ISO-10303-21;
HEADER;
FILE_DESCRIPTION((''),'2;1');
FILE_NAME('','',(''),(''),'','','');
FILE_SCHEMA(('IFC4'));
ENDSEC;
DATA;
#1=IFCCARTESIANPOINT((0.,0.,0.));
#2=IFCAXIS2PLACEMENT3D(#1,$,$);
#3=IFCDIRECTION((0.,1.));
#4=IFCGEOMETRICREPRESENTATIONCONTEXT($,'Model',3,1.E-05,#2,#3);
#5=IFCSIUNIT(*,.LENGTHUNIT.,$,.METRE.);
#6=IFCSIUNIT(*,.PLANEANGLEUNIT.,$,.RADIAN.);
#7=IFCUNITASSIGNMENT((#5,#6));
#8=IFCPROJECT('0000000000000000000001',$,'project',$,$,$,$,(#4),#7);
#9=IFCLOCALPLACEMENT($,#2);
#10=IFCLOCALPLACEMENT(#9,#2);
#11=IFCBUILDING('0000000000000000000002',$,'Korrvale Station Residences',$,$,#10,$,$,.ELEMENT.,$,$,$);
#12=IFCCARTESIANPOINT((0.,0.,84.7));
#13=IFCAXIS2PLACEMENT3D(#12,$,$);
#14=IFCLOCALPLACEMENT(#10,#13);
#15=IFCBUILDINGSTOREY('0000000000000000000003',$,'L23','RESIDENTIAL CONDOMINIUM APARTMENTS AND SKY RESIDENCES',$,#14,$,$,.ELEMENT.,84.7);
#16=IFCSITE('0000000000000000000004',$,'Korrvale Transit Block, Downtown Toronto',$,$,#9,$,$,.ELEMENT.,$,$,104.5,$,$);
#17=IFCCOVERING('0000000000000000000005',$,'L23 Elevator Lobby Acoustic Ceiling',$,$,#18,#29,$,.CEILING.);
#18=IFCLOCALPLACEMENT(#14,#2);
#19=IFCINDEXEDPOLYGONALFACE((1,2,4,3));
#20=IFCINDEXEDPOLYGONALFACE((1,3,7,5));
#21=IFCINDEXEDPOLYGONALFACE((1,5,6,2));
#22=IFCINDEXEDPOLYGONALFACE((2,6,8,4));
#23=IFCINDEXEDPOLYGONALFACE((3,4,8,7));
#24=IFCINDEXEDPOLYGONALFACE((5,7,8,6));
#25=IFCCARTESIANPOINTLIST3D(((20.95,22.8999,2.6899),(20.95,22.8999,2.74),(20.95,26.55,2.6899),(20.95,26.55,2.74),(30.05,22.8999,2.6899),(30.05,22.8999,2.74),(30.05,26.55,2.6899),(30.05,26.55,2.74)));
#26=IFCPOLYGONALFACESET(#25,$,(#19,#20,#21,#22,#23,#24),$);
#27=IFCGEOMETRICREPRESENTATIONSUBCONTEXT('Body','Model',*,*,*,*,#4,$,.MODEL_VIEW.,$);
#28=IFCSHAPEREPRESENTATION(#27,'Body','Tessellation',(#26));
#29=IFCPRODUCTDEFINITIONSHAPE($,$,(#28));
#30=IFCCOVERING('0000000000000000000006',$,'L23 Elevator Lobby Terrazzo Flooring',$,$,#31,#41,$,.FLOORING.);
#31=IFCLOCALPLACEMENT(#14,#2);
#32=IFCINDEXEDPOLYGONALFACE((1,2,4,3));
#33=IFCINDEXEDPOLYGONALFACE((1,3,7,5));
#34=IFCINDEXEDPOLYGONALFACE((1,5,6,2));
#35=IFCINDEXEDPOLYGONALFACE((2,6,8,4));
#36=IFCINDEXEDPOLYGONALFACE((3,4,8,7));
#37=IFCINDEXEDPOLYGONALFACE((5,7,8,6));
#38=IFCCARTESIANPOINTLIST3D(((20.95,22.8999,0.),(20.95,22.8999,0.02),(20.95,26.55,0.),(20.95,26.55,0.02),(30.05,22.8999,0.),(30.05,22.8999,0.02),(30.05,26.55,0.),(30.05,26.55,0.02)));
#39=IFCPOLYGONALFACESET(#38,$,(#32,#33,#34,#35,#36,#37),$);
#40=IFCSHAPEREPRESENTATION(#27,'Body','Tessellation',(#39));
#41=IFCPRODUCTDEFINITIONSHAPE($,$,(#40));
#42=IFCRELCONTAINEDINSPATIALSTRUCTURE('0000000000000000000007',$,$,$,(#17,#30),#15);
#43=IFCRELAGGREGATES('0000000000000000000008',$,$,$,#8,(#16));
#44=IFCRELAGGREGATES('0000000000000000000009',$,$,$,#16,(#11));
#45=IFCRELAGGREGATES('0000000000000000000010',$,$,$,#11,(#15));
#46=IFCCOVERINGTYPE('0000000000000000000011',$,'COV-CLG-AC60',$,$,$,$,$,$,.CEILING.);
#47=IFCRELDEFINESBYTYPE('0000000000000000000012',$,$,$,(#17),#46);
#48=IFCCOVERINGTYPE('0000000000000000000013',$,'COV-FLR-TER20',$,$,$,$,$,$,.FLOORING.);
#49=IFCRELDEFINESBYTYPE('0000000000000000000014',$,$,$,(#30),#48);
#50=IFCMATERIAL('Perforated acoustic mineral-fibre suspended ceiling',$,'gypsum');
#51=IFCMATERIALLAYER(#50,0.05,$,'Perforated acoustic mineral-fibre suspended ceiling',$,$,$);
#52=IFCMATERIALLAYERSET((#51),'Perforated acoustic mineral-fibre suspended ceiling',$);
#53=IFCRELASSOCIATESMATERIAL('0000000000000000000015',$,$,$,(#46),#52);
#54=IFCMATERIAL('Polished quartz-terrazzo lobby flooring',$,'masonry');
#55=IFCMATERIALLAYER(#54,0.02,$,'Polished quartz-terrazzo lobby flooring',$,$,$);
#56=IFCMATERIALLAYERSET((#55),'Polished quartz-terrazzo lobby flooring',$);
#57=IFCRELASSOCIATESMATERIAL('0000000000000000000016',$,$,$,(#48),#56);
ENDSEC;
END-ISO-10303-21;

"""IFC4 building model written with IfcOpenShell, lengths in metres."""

from ifc_helpers import new_model, si_unit, direction, frame, origin, place, context, subcontext, project, spatial, polyline, outline, extrude, material, layer, layer_set, type_object, element, save


model = new_model("IFC4")

# Units and contexts
model_context = context("Model", 3, precision=1e-05, world=origin(), true_north=direction((0.0, 1.0)))
body_context = subcontext(model_context, "Body", "Model", "MODEL_VIEW")
ifc_project = project(units=[si_unit("LENGTHUNIT", "METRE"), si_unit("PLANEANGLEUNIT", "RADIAN")], contexts=[model_context])

# Site, building, storey
site_placement = place(None, origin())
site = spatial("IfcSite", under=ifc_project, at=site_placement, Name="Korrvale Transit Block, Downtown Toronto", CompositionType="ELEMENT", RefElevation=104.5)
building_placement = place(site_placement, origin())
building = spatial("IfcBuilding", under=site, at=building_placement, Name="Korrvale Station Residences", CompositionType="ELEMENT")
storey_placement = place(building_placement, frame((0.0, 0.0, 84.7)))
storey = spatial("IfcBuildingStorey", under=building, at=storey_placement, Name="L23", Description="RESIDENTIAL CONDOMINIUM APARTMENTS AND SKY RESIDENCES", CompositionType="ELEMENT", Elevation=84.7)

# Coverings
ifc_material_1 = material(Name="Perforated acoustic mineral-fibre suspended ceiling", Category="gypsum")
ifc_layer_1 = layer(ifc_material_1, 0.05, Name="Perforated acoustic mineral-fibre suspended ceiling")
ifc_layer_set_1 = layer_set([ifc_layer_1], Name="Perforated acoustic mineral-fibre suspended ceiling")
covering_type_1 = type_object("IfcCoveringType", Name="COV-CLG-AC60", PredefinedType="CEILING", material=ifc_layer_set_1)
covering_1_placement = place(storey_placement, frame((0.0, 0.0, 2.6899)))
element("IfcCovering", 1, at=covering_1_placement, inside=storey, type_object=covering_type_1, Name="L23 Elevator Lobby Acoustic Ceiling", PredefinedType="CEILING", context=body_context, shape_type="SweptSolid", body=[
    extrude(outline(polyline([(20.95, 22.8999), (30.05, 22.8999), (30.05, 26.55), (20.95, 26.55), (20.95, 22.8999)])), origin(), (0.0, 0.0, 1.0), 0.05),
])
ifc_material_2 = material(Name="Polished quartz-terrazzo lobby flooring", Category="masonry")
ifc_layer_2 = layer(ifc_material_2, 0.02, Name="Polished quartz-terrazzo lobby flooring")
ifc_layer_set_2 = layer_set([ifc_layer_2], Name="Polished quartz-terrazzo lobby flooring")
covering_type_2 = type_object("IfcCoveringType", Name="COV-FLR-TER20", PredefinedType="FLOORING", material=ifc_layer_set_2)
covering_2_placement = place(storey_placement, origin())
element("IfcCovering", 2, at=covering_2_placement, inside=storey, type_object=covering_type_2, Name="L23 Elevator Lobby Terrazzo Flooring", PredefinedType="FLOORING", context=body_context, shape_type="SweptSolid", body=[
    extrude(outline(polyline([(20.95, 22.8999), (30.05, 22.8999), (30.05, 26.55), (20.95, 26.55), (20.95, 22.8999)])), origin(), (0.0, 0.0, 1.0), 0.02),
])

save(model, "model.ifc")
